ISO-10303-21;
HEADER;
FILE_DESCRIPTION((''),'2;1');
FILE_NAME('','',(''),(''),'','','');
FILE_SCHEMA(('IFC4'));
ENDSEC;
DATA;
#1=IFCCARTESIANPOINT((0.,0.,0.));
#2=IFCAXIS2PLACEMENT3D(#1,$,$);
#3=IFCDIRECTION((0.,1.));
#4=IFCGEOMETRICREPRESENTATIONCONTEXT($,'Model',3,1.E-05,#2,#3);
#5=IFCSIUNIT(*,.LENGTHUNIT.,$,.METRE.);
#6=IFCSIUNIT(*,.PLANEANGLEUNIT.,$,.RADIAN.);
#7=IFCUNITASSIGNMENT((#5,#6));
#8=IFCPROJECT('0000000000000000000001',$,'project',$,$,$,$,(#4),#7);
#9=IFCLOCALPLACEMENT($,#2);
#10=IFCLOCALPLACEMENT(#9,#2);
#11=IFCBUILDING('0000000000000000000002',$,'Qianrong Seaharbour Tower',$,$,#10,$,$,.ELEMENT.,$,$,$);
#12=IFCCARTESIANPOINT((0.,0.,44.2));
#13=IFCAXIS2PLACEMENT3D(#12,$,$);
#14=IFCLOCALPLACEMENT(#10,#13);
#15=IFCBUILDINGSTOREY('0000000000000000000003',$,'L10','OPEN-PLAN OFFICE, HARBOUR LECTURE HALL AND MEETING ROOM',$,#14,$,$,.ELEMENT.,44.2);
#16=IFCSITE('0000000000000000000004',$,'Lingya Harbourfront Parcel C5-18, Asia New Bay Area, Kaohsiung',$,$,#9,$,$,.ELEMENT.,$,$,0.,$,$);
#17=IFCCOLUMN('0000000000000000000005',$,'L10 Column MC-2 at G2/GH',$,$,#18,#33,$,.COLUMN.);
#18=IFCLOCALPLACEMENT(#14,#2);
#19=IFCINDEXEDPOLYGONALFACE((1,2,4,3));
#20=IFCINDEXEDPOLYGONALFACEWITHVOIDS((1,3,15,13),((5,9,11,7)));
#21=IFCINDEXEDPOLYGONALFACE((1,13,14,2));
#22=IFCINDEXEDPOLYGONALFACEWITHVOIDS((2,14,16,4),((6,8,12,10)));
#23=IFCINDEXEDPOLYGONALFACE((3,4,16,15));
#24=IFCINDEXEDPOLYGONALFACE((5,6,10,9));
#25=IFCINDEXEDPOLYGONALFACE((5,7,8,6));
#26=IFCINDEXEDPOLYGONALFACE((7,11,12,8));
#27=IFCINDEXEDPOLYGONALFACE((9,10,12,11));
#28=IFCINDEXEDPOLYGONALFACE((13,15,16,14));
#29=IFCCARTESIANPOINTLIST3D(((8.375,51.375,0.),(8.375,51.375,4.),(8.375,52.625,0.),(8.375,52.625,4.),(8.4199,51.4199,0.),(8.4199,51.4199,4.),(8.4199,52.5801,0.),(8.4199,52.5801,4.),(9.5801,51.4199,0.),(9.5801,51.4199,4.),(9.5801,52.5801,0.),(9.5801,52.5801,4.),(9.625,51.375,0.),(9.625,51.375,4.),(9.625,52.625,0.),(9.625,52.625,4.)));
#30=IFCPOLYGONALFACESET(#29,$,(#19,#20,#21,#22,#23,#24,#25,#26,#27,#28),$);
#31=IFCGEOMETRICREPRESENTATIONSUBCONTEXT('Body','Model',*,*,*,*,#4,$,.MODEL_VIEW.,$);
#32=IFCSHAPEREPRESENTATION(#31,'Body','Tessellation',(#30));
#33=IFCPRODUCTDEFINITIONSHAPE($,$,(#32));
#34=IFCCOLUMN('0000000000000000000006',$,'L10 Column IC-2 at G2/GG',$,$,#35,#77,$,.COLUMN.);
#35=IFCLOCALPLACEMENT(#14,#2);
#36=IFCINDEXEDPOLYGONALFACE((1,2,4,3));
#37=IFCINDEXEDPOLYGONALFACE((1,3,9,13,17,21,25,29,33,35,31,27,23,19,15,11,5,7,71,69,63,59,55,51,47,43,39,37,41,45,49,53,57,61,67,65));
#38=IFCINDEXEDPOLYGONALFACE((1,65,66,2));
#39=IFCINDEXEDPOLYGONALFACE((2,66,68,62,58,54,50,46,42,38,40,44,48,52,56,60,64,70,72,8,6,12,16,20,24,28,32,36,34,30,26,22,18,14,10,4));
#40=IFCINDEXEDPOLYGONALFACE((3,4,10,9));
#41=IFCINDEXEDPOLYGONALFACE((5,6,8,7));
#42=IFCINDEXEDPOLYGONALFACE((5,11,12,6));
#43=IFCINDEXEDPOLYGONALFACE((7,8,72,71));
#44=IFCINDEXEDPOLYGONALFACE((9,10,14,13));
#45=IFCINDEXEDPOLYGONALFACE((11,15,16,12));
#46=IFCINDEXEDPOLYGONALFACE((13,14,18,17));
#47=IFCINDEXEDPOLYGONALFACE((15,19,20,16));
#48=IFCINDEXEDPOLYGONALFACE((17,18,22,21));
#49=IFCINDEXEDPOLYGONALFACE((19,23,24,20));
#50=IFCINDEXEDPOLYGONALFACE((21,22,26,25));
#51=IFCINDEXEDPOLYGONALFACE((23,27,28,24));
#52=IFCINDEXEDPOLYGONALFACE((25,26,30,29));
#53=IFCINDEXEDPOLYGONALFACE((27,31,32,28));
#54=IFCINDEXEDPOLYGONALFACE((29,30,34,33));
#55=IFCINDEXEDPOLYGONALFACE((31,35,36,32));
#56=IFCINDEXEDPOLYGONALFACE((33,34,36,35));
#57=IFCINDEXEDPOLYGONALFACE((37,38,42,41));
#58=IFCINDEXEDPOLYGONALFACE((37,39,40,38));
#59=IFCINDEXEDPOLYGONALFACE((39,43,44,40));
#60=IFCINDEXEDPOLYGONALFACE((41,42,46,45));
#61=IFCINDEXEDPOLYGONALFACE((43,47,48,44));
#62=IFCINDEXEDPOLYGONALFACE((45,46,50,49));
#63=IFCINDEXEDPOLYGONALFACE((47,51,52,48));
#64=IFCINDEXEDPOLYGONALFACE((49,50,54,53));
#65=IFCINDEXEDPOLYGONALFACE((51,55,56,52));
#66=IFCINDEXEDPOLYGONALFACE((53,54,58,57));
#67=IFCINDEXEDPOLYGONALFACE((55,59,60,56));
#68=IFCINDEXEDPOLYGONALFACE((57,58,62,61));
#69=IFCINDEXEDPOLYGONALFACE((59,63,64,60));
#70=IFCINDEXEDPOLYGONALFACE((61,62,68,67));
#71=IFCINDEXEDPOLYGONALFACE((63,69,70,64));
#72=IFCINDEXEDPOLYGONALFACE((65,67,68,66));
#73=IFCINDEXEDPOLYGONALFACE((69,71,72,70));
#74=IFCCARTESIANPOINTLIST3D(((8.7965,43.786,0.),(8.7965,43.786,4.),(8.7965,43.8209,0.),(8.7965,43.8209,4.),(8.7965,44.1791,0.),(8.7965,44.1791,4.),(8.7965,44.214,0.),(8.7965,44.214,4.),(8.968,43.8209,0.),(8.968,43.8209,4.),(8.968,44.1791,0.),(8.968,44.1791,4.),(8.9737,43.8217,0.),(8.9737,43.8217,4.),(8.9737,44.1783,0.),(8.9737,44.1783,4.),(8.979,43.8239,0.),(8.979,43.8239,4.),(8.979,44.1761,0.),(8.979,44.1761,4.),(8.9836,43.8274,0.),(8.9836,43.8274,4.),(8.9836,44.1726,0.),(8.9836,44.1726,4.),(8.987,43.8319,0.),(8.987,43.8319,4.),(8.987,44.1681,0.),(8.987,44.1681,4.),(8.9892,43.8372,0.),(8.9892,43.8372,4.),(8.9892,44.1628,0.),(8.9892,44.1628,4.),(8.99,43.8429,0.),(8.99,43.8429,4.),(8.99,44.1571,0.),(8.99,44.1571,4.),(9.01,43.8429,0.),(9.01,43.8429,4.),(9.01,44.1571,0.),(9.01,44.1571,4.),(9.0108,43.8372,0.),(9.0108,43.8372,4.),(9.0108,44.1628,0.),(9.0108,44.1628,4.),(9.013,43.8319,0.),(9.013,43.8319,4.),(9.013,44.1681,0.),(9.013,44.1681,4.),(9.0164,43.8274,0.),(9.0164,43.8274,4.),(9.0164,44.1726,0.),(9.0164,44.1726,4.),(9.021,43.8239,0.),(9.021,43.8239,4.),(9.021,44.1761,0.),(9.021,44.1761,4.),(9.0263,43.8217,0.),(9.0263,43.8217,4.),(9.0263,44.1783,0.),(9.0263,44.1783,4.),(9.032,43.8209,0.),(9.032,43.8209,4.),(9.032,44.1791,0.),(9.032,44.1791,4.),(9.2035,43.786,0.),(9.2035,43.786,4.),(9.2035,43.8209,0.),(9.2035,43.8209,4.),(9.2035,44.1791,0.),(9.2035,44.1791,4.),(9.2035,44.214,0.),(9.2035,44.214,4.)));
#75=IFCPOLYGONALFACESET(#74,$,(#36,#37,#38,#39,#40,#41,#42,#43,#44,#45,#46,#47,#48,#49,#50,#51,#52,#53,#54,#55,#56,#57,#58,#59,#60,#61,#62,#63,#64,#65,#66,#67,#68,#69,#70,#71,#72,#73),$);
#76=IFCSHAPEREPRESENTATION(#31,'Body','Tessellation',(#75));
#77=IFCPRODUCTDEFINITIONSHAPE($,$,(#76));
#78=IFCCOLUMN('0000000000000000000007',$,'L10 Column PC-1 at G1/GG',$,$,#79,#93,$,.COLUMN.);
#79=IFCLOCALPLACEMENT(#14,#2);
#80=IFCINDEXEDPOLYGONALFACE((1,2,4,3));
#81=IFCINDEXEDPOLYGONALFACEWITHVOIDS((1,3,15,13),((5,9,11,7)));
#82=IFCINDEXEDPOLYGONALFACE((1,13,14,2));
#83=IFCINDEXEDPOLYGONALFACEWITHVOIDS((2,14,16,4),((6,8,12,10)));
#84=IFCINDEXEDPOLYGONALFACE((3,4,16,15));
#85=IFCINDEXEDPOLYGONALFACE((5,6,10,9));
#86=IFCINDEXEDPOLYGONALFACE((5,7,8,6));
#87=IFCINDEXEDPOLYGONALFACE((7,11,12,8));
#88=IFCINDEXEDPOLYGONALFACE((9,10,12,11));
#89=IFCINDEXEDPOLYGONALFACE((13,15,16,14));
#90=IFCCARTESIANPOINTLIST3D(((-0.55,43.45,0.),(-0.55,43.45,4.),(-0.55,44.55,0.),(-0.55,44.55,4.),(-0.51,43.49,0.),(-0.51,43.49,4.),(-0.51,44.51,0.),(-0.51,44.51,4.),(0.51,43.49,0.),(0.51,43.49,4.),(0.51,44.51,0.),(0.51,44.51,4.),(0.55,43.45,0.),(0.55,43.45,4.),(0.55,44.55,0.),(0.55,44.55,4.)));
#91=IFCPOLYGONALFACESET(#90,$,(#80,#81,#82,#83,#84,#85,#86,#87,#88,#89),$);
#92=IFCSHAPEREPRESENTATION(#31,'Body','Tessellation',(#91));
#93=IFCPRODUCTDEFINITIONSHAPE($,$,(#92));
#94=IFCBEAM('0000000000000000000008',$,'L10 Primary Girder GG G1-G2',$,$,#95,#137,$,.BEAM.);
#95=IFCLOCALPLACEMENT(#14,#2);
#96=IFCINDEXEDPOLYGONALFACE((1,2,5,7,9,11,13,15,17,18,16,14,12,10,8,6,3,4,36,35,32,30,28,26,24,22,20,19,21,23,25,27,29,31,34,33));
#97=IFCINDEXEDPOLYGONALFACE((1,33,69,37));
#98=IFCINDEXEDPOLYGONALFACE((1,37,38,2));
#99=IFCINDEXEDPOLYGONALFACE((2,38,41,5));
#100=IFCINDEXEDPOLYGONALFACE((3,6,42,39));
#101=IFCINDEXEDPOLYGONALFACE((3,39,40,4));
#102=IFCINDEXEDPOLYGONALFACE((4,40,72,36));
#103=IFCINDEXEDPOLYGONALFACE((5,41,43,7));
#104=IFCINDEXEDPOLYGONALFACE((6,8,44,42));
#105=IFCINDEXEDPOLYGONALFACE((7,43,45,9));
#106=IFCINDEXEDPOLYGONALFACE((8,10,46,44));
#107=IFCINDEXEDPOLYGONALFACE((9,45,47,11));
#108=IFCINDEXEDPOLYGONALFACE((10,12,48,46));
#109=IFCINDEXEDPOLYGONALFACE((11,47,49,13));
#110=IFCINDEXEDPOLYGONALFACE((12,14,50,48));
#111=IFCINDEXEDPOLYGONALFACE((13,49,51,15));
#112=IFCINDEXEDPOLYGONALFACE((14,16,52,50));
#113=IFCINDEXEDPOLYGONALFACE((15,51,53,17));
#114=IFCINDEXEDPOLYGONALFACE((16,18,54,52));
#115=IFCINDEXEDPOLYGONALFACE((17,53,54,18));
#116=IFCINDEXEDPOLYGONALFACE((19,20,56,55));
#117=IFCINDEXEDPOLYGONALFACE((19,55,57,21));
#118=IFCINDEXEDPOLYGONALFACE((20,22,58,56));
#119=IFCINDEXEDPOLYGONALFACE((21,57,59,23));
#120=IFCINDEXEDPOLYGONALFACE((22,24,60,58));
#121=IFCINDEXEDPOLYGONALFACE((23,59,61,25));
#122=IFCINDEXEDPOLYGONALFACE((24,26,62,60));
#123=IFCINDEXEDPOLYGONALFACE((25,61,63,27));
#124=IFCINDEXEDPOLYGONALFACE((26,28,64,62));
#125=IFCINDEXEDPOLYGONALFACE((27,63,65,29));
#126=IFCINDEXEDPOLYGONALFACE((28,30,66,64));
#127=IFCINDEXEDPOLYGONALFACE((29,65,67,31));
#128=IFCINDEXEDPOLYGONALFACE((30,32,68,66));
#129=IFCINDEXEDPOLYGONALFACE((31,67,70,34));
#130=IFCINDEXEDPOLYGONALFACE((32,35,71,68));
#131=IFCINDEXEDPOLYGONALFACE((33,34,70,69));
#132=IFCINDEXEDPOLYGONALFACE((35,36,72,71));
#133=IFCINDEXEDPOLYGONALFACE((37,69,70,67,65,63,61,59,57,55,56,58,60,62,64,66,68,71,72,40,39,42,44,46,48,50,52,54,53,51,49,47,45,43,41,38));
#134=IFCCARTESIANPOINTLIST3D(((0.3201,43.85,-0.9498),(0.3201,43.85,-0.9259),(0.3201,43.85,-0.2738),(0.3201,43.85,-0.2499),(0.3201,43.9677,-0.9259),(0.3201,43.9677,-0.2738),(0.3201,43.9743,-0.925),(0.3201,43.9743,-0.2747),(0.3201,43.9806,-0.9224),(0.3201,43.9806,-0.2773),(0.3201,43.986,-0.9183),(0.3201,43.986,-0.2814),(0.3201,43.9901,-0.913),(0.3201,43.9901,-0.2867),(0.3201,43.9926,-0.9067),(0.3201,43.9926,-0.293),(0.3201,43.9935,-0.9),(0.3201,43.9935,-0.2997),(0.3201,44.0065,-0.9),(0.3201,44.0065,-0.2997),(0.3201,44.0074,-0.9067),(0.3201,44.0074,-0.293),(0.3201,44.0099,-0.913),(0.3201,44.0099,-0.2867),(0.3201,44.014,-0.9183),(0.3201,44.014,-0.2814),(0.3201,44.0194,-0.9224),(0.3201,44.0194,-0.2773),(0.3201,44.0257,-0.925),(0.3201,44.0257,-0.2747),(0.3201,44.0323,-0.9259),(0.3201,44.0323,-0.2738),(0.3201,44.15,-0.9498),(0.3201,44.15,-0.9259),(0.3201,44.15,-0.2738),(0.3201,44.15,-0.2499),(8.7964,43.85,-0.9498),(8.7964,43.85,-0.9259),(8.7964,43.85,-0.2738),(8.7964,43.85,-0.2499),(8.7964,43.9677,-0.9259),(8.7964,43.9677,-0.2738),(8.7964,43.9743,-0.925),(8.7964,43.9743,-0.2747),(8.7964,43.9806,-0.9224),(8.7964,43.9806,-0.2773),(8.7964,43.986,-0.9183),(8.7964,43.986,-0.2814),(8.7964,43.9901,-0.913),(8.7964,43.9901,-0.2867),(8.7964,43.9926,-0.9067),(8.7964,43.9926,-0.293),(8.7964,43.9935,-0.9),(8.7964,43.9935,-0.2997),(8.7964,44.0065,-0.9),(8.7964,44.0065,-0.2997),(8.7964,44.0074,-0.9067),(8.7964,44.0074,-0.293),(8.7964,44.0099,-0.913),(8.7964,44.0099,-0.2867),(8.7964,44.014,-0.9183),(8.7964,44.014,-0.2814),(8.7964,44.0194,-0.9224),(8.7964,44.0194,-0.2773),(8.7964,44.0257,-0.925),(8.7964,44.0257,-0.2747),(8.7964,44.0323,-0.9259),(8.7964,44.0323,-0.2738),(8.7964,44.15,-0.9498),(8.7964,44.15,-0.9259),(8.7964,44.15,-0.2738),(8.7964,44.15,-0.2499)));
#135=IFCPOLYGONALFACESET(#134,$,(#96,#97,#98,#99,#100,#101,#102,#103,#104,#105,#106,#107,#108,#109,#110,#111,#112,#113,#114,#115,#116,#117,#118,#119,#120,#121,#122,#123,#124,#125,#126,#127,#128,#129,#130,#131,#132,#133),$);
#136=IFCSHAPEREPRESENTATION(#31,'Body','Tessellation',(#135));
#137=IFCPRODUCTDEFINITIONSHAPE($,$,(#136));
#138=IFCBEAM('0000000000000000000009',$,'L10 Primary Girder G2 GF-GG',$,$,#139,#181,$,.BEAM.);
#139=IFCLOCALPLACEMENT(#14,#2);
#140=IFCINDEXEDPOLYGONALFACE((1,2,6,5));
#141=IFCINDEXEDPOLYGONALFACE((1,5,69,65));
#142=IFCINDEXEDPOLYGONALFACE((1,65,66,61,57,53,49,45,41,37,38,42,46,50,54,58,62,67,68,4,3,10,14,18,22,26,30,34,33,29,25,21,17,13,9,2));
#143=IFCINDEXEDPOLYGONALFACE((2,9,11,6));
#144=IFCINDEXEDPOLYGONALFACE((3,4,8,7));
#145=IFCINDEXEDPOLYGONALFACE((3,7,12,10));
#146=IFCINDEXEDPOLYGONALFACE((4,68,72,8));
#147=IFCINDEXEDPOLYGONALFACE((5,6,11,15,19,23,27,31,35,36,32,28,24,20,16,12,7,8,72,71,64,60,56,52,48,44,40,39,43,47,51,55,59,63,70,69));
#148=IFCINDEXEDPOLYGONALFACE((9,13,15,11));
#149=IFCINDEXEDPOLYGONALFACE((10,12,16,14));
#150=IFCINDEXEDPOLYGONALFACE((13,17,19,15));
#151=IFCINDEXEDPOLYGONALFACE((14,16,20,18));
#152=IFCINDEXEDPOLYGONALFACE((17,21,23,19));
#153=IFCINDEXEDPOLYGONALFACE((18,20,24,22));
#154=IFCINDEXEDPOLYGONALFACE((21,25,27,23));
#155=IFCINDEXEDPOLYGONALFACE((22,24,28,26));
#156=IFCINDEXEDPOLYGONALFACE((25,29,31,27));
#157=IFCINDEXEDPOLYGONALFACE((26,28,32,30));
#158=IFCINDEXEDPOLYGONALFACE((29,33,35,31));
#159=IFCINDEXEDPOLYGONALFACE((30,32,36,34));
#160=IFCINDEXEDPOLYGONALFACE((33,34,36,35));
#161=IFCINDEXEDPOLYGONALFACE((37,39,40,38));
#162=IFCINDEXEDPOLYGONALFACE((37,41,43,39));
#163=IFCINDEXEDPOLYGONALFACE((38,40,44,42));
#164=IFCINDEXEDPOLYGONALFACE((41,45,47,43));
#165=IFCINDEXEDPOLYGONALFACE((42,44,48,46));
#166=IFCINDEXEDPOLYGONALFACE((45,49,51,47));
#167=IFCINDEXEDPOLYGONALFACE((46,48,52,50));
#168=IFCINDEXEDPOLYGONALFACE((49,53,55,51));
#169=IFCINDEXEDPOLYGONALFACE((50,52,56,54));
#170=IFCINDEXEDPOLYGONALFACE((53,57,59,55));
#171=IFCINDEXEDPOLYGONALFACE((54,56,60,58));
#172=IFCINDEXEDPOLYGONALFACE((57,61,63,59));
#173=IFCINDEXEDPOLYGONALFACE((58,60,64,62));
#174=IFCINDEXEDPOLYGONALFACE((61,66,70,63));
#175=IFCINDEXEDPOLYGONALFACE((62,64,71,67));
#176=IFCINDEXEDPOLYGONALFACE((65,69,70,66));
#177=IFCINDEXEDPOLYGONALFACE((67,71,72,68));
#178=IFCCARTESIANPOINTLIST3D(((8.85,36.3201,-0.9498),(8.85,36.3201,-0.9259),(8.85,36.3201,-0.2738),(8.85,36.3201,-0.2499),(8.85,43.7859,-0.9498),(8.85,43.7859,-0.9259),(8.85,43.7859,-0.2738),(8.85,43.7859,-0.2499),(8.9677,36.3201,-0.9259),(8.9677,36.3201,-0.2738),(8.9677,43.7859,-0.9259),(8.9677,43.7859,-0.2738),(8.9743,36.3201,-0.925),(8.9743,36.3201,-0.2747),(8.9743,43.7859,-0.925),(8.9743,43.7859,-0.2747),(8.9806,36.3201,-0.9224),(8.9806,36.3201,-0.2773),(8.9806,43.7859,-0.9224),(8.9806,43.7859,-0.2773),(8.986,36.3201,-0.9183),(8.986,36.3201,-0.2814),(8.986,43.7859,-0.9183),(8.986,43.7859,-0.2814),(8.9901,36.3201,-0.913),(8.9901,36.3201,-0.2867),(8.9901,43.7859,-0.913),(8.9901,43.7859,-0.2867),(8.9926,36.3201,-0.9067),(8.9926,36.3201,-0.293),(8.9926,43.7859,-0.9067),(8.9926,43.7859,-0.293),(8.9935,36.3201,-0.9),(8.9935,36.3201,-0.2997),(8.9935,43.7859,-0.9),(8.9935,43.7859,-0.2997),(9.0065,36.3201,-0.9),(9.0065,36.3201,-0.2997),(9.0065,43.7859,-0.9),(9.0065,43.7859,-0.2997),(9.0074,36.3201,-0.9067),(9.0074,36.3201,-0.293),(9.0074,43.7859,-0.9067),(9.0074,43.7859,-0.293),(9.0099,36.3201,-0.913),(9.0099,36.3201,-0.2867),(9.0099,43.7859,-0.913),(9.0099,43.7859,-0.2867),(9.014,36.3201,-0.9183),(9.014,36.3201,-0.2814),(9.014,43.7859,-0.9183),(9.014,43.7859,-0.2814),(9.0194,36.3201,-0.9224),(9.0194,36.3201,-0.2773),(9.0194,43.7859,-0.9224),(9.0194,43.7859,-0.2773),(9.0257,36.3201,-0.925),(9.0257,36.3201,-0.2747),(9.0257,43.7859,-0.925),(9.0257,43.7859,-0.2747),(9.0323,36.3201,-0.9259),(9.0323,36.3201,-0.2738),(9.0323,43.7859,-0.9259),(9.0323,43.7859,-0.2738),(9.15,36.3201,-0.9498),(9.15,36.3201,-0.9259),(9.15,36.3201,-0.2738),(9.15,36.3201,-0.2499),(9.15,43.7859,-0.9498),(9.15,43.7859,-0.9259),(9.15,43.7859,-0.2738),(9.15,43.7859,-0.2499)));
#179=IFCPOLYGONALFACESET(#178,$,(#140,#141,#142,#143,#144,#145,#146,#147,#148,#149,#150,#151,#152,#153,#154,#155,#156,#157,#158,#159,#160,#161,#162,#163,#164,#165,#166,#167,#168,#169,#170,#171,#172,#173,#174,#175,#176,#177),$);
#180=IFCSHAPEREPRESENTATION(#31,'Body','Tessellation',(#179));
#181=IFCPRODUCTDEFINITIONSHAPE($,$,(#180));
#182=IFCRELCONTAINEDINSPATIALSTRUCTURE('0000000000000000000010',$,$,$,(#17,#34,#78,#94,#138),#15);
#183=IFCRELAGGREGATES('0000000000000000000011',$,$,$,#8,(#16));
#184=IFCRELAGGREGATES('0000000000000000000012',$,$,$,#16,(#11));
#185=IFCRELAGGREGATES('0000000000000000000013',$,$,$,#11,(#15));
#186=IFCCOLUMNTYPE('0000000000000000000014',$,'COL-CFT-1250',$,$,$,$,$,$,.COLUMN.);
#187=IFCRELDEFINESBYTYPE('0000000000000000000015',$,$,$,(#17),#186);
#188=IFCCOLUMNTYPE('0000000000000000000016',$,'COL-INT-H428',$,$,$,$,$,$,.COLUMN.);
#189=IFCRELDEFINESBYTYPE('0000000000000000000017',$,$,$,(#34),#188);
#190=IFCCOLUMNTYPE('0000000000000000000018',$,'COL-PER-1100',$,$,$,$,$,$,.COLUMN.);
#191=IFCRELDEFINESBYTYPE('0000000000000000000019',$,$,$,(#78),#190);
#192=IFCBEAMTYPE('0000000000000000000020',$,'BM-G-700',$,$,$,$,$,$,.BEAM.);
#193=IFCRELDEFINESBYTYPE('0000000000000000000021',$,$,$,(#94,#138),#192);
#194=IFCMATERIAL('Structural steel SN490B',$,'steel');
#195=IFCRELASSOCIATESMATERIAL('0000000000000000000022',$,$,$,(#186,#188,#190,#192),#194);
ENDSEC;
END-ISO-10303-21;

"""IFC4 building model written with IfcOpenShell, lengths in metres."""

from ifc_helpers import new_model, si_unit, direction, frame, origin, origin_2d, place, context, subcontext, project, spatial, hollow_rectangle, i_section, extrude, material, material_profile, profile_set, type_object, element, save


model = new_model("IFC4")

# Units and contexts
model_context = context("Model", 3, precision=1e-05, world=origin(), true_north=direction((0.0, 1.0)))
body_context = subcontext(model_context, "Body", "Model", "MODEL_VIEW")
ifc_project = project(units=[si_unit("LENGTHUNIT", "METRE"), si_unit("PLANEANGLEUNIT", "RADIAN")], contexts=[model_context])

# Site, building, storey
site_placement = place(None, origin())
site = spatial("IfcSite", under=ifc_project, at=site_placement, Name="Lingya Harbourfront Parcel C5-18, Asia New Bay Area, Kaohsiung", CompositionType="ELEMENT", RefElevation=0.0)
building_placement = place(site_placement, origin())
building = spatial("IfcBuilding", under=site, at=building_placement, Name="Qianrong Seaharbour Tower", CompositionType="ELEMENT")
storey_placement = place(building_placement, frame((0.0, 0.0, 44.2)))
storey = spatial("IfcBuildingStorey", under=building, at=storey_placement, Name="L10", Description="OPEN-PLAN OFFICE, HARBOUR LECTURE HALL AND MEETING ROOM", CompositionType="ELEMENT", Elevation=44.2)

# Columns
ifc_material_1 = material(Name="Structural steel SN490B", Category="steel")
ifc_material_profile_1 = material_profile(ifc_material_1, hollow_rectangle(XDim=1.25, YDim=1.25, WallThickness=0.0449, at=origin_2d()), Name="BOX1250x1250x45")
ifc_profile_set_1 = profile_set([ifc_material_profile_1], Name="Structural steel SN490B")
column_type_1 = type_object("IfcColumnType", Name="COL-CFT-1250", PredefinedType="COLUMN", material=ifc_profile_set_1)
column_1_placement = place(storey_placement, frame((9.0, 52.0, 0.0), z_axis=(0.0, 0.0, 1.0), x_axis=(1.0, 0.0, 0.0)))
element("IfcColumn", 1, at=column_1_placement, inside=storey, type_object=column_type_1, Name="L10 Column MC-2 at G2/GH", PredefinedType="COLUMN", context=body_context, shape_type="SweptSolid", body=[
    extrude(hollow_rectangle(XDim=1.25, YDim=1.25, WallThickness=0.0449, at=origin_2d()), origin(), (0.0, 0.0, 1.0), 4.0),
])
ifc_material_profile_2 = material_profile(ifc_material_1, i_section(OverallWidth=0.407, OverallDepth=0.428, WebThickness=0.02, FlangeThickness=0.0349, FilletRadius=0.022, at=origin_2d()), Name="H428x407x20x35")
ifc_profile_set_2 = profile_set([ifc_material_profile_2], Name="Structural steel SN490B")
column_type_2 = type_object("IfcColumnType", Name="COL-INT-H428", PredefinedType="COLUMN", material=ifc_profile_set_2)
column_2_placement = place(storey_placement, frame((9.0, 44.0, 0.0), z_axis=(0.0, 0.0, 1.0), x_axis=(1.0, 0.0, 0.0)))
element("IfcColumn", 2, at=column_2_placement, inside=storey, type_object=column_type_2, Name="L10 Column IC-2 at G2/GG", PredefinedType="COLUMN", context=body_context, shape_type="SweptSolid", body=[
    extrude(i_section(OverallWidth=0.407, OverallDepth=0.428, WebThickness=0.02, FlangeThickness=0.0349, FilletRadius=0.022, at=origin_2d()), origin(), (0.0, 0.0, 1.0), 4.0),
])
ifc_material_profile_3 = material_profile(ifc_material_1, hollow_rectangle(XDim=1.1001, YDim=1.1001, WallThickness=0.04, at=origin_2d()), Name="BOX1100x1100x40")
ifc_profile_set_3 = profile_set([ifc_material_profile_3], Name="Structural steel SN490B")
column_type_3 = type_object("IfcColumnType", Name="COL-PER-1100", PredefinedType="COLUMN", material=ifc_profile_set_3)
column_3_placement = place(storey_placement, frame((0.0, 44.0, 0.0), z_axis=(0.0, 0.0, 1.0), x_axis=(1.0, 0.0, 0.0)))
element("IfcColumn", 3, at=column_3_placement, inside=storey, type_object=column_type_3, Name="L10 Column PC-1 at G1/GG", PredefinedType="COLUMN", context=body_context, shape_type="SweptSolid", body=[
    extrude(hollow_rectangle(XDim=1.1001, YDim=1.1001, WallThickness=0.04, at=origin_2d()), origin(), (0.0, 0.0, 1.0), 4.0),
])

# Beams
ifc_material_profile_4 = material_profile(ifc_material_1, i_section(OverallWidth=0.3, OverallDepth=0.7, WebThickness=0.0129, FlangeThickness=0.0239, FilletRadius=0.0259, at=origin_2d()), Name="H700x300x13x24")
ifc_profile_set_4 = profile_set([ifc_material_profile_4], Name="Structural steel SN490B")
beam_type_1 = type_object("IfcBeamType", Name="BM-G-700", PredefinedType="BEAM", material=ifc_profile_set_4)
beam_1_placement = place(storey_placement, frame((0.3201, 44.0, -0.5999), z_axis=(1.0, 0.0, 0.0), x_axis=(0.0, 1.0, 0.0)))
element("IfcBeam", 4, at=beam_1_placement, inside=storey, type_object=beam_type_1, Name="L10 Primary Girder GG G1-G2", PredefinedType="BEAM", context=body_context, shape_type="SweptSolid", body=[
    extrude(i_section(OverallWidth=0.3, OverallDepth=0.7, WebThickness=0.0129, FlangeThickness=0.0239, FilletRadius=0.0259, at=origin_2d()), origin(), (0.0, 0.0, 1.0), 8.4763),
])
for number, where, z_axis, x_axis, name in (
    (5, (9.0, 36.3201, -0.5999), (0.0, 1.0, 0.0), (-1.0, 0.0, 0.0), "L10 Primary Girder G2 GF-GG"),
):
    element("IfcBeam", number, at=place(storey_placement, frame(where, z_axis=z_axis, x_axis=x_axis)), inside=storey, type_object=beam_type_1, Name=name, PredefinedType="BEAM", context=body_context, shape_type="SweptSolid", body=[
        extrude(i_section(OverallWidth=0.3, OverallDepth=0.7, WebThickness=0.0129, FlangeThickness=0.0239, FilletRadius=0.0259, at=origin_2d()), origin(), (0.0, 0.0, 1.0), 7.4658),
    ])

save(model, "model.ifc")
